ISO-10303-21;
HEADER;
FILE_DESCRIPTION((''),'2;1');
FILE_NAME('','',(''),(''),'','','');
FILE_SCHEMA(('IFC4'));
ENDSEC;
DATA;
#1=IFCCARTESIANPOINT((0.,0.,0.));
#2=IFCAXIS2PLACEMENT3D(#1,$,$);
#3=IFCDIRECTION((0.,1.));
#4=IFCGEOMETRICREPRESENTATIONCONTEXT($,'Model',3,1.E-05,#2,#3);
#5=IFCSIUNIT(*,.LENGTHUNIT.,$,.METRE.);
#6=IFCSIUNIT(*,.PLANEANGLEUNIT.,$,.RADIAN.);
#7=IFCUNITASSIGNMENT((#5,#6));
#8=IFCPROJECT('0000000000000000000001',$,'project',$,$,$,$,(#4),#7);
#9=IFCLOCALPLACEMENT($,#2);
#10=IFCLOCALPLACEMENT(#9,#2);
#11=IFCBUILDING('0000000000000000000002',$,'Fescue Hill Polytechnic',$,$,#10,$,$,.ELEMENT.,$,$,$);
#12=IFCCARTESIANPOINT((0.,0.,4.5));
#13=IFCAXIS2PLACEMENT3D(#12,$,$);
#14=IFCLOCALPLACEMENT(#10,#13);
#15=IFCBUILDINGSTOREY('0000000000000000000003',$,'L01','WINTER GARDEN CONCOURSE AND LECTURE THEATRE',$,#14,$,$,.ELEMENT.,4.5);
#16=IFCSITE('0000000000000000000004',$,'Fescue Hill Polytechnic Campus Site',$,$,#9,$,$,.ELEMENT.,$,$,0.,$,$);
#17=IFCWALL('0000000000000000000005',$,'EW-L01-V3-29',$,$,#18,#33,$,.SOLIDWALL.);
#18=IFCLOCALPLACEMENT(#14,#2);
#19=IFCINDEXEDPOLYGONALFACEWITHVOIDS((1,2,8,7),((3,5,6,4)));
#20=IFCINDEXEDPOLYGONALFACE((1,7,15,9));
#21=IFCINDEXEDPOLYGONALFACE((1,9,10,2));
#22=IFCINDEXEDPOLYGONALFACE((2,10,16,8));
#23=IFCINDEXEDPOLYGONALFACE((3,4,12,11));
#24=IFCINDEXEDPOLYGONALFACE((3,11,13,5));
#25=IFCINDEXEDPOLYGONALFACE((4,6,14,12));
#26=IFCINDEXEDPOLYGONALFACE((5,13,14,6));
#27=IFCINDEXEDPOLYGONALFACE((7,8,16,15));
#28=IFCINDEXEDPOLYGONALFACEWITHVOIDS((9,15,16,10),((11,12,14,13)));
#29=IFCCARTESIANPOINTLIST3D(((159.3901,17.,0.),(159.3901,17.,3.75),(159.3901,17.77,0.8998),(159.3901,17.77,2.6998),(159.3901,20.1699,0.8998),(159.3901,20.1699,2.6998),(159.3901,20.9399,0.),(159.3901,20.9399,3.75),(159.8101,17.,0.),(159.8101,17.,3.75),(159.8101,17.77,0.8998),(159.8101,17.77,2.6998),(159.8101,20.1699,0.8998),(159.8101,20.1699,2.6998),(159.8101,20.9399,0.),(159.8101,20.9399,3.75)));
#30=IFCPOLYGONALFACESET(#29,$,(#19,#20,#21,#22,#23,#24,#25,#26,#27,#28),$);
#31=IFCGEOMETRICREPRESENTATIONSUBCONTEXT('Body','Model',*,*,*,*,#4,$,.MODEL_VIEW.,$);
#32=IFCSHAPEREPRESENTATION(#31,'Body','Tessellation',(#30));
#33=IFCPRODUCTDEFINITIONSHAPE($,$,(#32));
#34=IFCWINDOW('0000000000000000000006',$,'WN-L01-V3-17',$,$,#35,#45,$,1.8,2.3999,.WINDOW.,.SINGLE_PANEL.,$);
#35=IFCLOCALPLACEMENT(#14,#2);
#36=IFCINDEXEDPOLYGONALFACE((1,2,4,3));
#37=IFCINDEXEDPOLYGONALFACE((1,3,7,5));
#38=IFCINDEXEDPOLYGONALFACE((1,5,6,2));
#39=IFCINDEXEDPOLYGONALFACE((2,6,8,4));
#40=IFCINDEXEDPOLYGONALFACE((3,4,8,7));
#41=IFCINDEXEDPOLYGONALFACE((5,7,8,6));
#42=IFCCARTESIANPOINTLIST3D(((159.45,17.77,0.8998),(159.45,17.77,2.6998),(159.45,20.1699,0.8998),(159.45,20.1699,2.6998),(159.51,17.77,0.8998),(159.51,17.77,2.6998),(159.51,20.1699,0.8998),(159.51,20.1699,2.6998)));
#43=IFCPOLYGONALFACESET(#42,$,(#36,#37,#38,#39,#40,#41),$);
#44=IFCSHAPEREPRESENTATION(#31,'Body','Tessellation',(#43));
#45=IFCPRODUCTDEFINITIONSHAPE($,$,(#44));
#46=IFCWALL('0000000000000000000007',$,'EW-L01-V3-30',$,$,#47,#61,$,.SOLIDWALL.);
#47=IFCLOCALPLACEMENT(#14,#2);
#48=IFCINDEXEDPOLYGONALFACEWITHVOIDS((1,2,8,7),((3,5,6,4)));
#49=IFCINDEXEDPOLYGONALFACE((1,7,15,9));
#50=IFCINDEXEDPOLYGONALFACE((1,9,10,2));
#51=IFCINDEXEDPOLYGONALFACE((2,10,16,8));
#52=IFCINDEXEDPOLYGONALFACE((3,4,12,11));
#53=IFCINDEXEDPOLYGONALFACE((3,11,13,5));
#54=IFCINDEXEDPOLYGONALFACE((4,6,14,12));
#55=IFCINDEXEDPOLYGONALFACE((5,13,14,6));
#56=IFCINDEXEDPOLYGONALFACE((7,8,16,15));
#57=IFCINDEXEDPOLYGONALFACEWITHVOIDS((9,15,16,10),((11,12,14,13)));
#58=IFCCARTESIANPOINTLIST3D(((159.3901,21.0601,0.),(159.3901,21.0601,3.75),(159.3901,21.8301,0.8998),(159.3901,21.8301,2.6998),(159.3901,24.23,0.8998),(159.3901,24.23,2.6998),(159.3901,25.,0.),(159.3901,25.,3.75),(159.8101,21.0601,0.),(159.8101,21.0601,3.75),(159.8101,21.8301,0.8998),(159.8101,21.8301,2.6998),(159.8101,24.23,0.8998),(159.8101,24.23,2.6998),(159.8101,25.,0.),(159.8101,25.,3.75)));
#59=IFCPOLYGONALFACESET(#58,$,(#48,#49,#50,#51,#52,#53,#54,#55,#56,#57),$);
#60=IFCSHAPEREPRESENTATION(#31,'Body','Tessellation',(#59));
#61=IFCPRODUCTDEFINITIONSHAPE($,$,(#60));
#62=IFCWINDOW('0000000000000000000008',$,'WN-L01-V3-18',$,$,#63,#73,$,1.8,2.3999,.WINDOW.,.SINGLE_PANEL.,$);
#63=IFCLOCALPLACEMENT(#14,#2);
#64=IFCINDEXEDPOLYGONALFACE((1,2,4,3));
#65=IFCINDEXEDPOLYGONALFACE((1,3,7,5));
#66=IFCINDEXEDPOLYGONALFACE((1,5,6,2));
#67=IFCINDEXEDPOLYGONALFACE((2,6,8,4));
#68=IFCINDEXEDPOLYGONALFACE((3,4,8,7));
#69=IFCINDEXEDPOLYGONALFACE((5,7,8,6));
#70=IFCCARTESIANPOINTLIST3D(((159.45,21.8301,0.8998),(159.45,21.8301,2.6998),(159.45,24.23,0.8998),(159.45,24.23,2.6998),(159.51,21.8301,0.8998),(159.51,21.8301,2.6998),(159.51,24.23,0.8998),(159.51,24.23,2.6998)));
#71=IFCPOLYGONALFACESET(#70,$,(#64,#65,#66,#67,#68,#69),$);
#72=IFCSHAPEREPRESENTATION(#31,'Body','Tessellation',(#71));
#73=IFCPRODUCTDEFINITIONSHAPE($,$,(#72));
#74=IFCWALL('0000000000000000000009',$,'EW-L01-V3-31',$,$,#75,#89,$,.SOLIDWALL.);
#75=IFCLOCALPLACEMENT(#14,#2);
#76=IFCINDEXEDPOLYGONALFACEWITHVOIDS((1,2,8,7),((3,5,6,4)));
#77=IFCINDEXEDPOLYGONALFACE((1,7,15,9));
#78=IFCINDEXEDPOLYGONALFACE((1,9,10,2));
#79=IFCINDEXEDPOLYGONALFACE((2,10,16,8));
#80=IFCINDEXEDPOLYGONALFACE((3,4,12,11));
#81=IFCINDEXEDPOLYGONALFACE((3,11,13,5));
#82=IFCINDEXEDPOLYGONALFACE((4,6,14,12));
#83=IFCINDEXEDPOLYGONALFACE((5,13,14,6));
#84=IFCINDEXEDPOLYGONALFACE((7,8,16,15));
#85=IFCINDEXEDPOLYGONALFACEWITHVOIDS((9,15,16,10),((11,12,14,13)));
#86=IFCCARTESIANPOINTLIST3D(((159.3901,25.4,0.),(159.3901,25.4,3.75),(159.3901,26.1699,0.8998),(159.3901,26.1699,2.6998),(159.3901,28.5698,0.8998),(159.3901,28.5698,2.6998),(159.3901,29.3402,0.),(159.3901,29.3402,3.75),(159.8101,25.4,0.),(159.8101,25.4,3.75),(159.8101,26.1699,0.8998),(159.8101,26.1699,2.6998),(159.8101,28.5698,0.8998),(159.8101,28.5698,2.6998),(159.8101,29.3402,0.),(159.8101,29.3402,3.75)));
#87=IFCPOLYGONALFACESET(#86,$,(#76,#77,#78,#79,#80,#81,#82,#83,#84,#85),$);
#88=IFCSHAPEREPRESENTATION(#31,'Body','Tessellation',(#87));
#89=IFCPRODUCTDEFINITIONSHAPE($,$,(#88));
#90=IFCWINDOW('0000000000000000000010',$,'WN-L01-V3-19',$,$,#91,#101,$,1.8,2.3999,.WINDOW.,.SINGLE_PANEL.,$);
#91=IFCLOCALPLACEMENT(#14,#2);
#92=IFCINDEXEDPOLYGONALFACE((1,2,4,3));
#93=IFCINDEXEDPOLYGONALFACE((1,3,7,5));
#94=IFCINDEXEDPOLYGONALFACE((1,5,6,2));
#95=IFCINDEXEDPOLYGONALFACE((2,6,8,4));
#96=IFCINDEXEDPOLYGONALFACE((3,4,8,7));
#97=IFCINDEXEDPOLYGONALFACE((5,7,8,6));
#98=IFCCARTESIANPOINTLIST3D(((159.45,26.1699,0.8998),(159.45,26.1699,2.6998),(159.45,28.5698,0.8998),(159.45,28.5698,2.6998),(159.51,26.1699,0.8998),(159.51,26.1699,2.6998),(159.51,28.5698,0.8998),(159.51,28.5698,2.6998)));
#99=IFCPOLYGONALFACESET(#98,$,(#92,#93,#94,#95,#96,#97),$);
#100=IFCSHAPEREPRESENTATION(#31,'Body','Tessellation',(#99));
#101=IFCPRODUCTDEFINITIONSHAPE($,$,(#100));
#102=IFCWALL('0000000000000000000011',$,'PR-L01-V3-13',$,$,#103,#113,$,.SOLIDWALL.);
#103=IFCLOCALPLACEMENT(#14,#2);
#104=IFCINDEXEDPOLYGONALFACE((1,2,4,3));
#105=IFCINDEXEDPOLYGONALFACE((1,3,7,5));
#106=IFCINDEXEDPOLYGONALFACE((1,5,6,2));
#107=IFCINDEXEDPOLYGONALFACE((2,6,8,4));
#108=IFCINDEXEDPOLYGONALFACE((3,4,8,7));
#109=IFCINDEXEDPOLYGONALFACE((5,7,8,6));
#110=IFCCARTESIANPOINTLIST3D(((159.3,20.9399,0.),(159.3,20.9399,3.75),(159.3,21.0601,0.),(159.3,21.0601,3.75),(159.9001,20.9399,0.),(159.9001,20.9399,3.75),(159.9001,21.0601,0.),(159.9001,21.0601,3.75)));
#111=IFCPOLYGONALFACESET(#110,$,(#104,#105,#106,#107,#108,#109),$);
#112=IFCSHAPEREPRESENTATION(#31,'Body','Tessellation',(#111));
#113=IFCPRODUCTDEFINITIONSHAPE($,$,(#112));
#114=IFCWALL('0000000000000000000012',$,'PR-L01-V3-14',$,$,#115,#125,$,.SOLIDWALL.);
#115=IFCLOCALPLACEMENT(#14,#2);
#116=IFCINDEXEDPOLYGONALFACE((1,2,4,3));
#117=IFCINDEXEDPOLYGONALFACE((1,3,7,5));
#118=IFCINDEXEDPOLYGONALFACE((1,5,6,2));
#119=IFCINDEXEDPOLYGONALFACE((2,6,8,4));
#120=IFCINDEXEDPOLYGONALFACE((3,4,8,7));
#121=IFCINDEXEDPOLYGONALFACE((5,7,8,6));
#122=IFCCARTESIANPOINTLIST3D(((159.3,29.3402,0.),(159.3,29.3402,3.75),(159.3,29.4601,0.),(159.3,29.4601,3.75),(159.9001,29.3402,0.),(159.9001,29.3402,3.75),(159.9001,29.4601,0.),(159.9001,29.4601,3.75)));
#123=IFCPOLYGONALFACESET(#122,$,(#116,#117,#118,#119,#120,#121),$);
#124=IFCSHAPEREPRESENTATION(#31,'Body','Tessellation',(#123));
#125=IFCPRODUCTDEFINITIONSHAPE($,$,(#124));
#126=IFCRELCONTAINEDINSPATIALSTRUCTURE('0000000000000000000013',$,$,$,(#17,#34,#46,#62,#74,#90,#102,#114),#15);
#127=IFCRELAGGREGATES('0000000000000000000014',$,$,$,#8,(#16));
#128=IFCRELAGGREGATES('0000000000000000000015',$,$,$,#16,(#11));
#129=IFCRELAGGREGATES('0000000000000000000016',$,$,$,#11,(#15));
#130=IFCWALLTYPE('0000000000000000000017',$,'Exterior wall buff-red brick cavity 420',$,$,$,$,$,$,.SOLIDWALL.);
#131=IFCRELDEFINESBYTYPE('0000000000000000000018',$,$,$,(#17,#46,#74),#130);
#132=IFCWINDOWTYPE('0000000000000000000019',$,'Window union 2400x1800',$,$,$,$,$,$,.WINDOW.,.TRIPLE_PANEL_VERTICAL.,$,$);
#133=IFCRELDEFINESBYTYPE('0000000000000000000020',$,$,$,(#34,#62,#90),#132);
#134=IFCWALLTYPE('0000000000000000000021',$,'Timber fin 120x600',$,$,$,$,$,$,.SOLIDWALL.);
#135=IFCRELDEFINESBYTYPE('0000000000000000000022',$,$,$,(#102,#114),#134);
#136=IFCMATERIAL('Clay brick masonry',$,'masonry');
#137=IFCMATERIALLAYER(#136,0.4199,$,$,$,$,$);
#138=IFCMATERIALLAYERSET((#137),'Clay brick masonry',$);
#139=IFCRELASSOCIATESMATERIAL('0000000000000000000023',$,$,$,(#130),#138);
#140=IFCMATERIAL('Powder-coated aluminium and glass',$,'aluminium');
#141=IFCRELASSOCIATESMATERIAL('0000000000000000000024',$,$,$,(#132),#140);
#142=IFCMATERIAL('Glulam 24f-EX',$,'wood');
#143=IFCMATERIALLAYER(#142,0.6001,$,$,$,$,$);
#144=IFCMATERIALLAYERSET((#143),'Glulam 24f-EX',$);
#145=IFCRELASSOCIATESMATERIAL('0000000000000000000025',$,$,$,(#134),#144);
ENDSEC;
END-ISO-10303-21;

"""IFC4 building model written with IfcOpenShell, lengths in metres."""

from ifc_helpers import new_model, si_unit, direction, frame, frame_2d, origin, place, context, subcontext, project, spatial, rectangle, extrude, material, layer, layer_set, type_object, element, fill, save


model = new_model("IFC4")

# Units and contexts
model_context = context("Model", 3, precision=1e-05, world=origin(), true_north=direction((0.0, 1.0)))
body_context = subcontext(model_context, "Body", "Model", "MODEL_VIEW")
ifc_project = project(units=[si_unit("LENGTHUNIT", "METRE"), si_unit("PLANEANGLEUNIT", "RADIAN")], contexts=[model_context])

# Site, building, storey
site_placement = place(None, origin())
site = spatial("IfcSite", under=ifc_project, at=site_placement, Name="Fescue Hill Polytechnic Campus Site", CompositionType="ELEMENT", RefElevation=0.0)
building_placement = place(site_placement, origin())
building = spatial("IfcBuilding", under=site, at=building_placement, Name="Fescue Hill Polytechnic", CompositionType="ELEMENT")
storey_placement = place(building_placement, frame((0.0, 0.0, 4.5)))
storey = spatial("IfcBuildingStorey", under=building, at=storey_placement, Name="L01", Description="WINTER GARDEN CONCOURSE AND LECTURE THEATRE", CompositionType="ELEMENT", Elevation=4.5)

# Walls, openings, windows
ifc_material_1 = material(Name="Clay brick masonry", Category="masonry")
ifc_layer_1 = layer(ifc_material_1, 0.4199)
ifc_layer_set_1 = layer_set([ifc_layer_1], Name="Clay brick masonry")
wall_type_1 = type_object("IfcWallType", Name="Exterior wall buff-red brick cavity 420", PredefinedType="SOLIDWALL", material=ifc_layer_set_1)
ifc_material_2 = material(Name="Powder-coated aluminium and glass", Category="aluminium")
window_type = type_object("IfcWindowType", Name="Window union 2400x1800", PartitioningType="TRIPLE_PANEL_VERTICAL", PredefinedType="WINDOW", material=ifc_material_2)
wall_1_placement = place(storey_placement, frame((159.6001, 17.0, 0.0), z_axis=(0.0, 0.0, 1.0), x_axis=(0.0, 1.0, 0.0)))
wall_1 = element("IfcWall", 1, at=wall_1_placement, inside=storey, type_object=wall_type_1, Name="EW-L01-V3-29", PredefinedType="SOLIDWALL", context=body_context, shape_type="SweptSolid", body=[
    extrude(rectangle(XDim=3.9399, YDim=0.4199, at=frame_2d((1.97, 0.0))), origin(), (0.0, 0.0, 1.0), 3.75),
])
opening_1_placement = place(wall_1_placement, frame((0.77, 0.0, 0.8999)))
opening_1 = element("IfcOpeningElement", 2, at=opening_1_placement, cuts=wall_1, PredefinedType="OPENING", context=body_context, shape_type="SweptSolid", body=[
    extrude(rectangle(XDim=2.3999, YDim=1.8, at=frame_2d((1.2, 0.8999))), frame((0.0, 0.22, 0.0), z_axis=(0.0, -1.0, 0.0), x_axis=(1.0, 0.0, 0.0)), (0.0, 0.0, 1.0), 0.4399),
])
window_1_placement = place(opening_1_placement, origin())
window_1 = element("IfcWindow", 3, at=window_1_placement, inside=storey, type_object=window_type, Name="WN-L01-V3-17", OverallHeight=1.8, OverallWidth=2.3999, PartitioningType="SINGLE_PANEL", PredefinedType="WINDOW", context=body_context, shape_type="SweptSolid", body=[
    extrude(rectangle(XDim=2.3999, YDim=1.8, at=frame_2d((1.2, 0.8999))), frame((0.0, 0.1501, 0.0), z_axis=(0.0, -1.0, 0.0), x_axis=(1.0, 0.0, 0.0)), (0.0, 0.0, 1.0), 0.0601),
])
fill(opening_1, window_1)
wall_2_placement = place(storey_placement, frame((159.6001, 21.0601, 0.0), z_axis=(0.0, 0.0, 1.0), x_axis=(0.0, 1.0, 0.0)))
wall_2 = element("IfcWall", 4, at=wall_2_placement, inside=storey, type_object=wall_type_1, Name="EW-L01-V3-30", PredefinedType="SOLIDWALL", context=body_context, shape_type="SweptSolid", body=[
    extrude(rectangle(XDim=3.9399, YDim=0.4199, at=frame_2d((1.97, 0.0))), origin(), (0.0, 0.0, 1.0), 3.75),
])
opening_2_placement = place(wall_2_placement, frame((0.77, 0.0, 0.8999)))
opening_2 = element("IfcOpeningElement", 5, at=opening_2_placement, cuts=wall_2, PredefinedType="OPENING", context=body_context, shape_type="SweptSolid", body=[
    extrude(rectangle(XDim=2.3999, YDim=1.8, at=frame_2d((1.2, 0.8999))), frame((0.0, 0.22, 0.0), z_axis=(0.0, -1.0, 0.0), x_axis=(1.0, 0.0, 0.0)), (0.0, 0.0, 1.0), 0.4399),
])
window_2_placement = place(opening_2_placement, origin())
window_2 = element("IfcWindow", 6, at=window_2_placement, inside=storey, type_object=window_type, Name="WN-L01-V3-18", OverallHeight=1.8, OverallWidth=2.3999, PartitioningType="SINGLE_PANEL", PredefinedType="WINDOW", context=body_context, shape_type="SweptSolid", body=[
    extrude(rectangle(XDim=2.3999, YDim=1.8, at=frame_2d((1.2, 0.8999))), frame((0.0, 0.1501, 0.0), z_axis=(0.0, -1.0, 0.0), x_axis=(1.0, 0.0, 0.0)), (0.0, 0.0, 1.0), 0.0601),
])
fill(opening_2, window_2)
wall_3_placement = place(storey_placement, frame((159.6001, 25.3999, 0.0), z_axis=(0.0, 0.0, 1.0), x_axis=(0.0, 1.0, 0.0)))
wall_3 = element("IfcWall", 7, at=wall_3_placement, inside=storey, type_object=wall_type_1, Name="EW-L01-V3-31", PredefinedType="SOLIDWALL", context=body_context, shape_type="SweptSolid", body=[
    extrude(rectangle(XDim=3.9402, YDim=0.4199, at=frame_2d((1.9702, 0.0))), origin(), (0.0, 0.0, 1.0), 3.75),
])
opening_3_placement = place(wall_3_placement, frame((0.77, 0.0, 0.8999)))
opening_3 = element("IfcOpeningElement", 8, at=opening_3_placement, cuts=wall_3, PredefinedType="OPENING", context=body_context, shape_type="SweptSolid", body=[
    extrude(rectangle(XDim=2.3999, YDim=1.8, at=frame_2d((1.2, 0.8999))), frame((0.0, 0.22, 0.0), z_axis=(0.0, -1.0, 0.0), x_axis=(1.0, 0.0, 0.0)), (0.0, 0.0, 1.0), 0.4399),
])
window_3_placement = place(opening_3_placement, origin())
window_3 = element("IfcWindow", 9, at=window_3_placement, inside=storey, type_object=window_type, Name="WN-L01-V3-19", OverallHeight=1.8, OverallWidth=2.3999, PartitioningType="SINGLE_PANEL", PredefinedType="WINDOW", context=body_context, shape_type="SweptSolid", body=[
    extrude(rectangle(XDim=2.3999, YDim=1.8, at=frame_2d((1.2, 0.8999))), frame((0.0, 0.1501, 0.0), z_axis=(0.0, -1.0, 0.0), x_axis=(1.0, 0.0, 0.0)), (0.0, 0.0, 1.0), 0.0601),
])
fill(opening_3, window_3)

# Walls
ifc_material_3 = material(Name="Glulam 24f-EX", Category="wood")
ifc_layer_2 = layer(ifc_material_3, 0.6001)
ifc_layer_set_2 = layer_set([ifc_layer_2], Name="Glulam 24f-EX")
wall_type_2 = type_object("IfcWallType", Name="Timber fin 120x600", PredefinedType="SOLIDWALL", material=ifc_layer_set_2)
wall_4_placement = place(storey_placement, frame((159.6001, 20.9399, 0.0), z_axis=(0.0, 0.0, 1.0), x_axis=(0.0, 1.0, 0.0)))
element("IfcWall", 10, at=wall_4_placement, inside=storey, type_object=wall_type_2, Name="PR-L01-V3-13", PredefinedType="SOLIDWALL", context=body_context, shape_type="SweptSolid", body=[
    extrude(rectangle(XDim=0.1201, YDim=0.6001, at=frame_2d((0.0601, 0.0))), origin(), (0.0, 0.0, 1.0), 3.75),
])
wall_5_placement = place(storey_placement, frame((159.6001, 29.3401, 0.0), z_axis=(0.0, 0.0, 1.0), x_axis=(0.0, 1.0, 0.0)))
element("IfcWall", 11, at=wall_5_placement, inside=storey, type_object=wall_type_2, Name="PR-L01-V3-14", PredefinedType="SOLIDWALL", context=body_context, shape_type="SweptSolid", body=[
    extrude(rectangle(XDim=0.1199, YDim=0.6001, at=frame_2d((0.0601, 0.0))), origin(), (0.0, 0.0, 1.0), 3.75),
])

save(model, "model.ifc")
